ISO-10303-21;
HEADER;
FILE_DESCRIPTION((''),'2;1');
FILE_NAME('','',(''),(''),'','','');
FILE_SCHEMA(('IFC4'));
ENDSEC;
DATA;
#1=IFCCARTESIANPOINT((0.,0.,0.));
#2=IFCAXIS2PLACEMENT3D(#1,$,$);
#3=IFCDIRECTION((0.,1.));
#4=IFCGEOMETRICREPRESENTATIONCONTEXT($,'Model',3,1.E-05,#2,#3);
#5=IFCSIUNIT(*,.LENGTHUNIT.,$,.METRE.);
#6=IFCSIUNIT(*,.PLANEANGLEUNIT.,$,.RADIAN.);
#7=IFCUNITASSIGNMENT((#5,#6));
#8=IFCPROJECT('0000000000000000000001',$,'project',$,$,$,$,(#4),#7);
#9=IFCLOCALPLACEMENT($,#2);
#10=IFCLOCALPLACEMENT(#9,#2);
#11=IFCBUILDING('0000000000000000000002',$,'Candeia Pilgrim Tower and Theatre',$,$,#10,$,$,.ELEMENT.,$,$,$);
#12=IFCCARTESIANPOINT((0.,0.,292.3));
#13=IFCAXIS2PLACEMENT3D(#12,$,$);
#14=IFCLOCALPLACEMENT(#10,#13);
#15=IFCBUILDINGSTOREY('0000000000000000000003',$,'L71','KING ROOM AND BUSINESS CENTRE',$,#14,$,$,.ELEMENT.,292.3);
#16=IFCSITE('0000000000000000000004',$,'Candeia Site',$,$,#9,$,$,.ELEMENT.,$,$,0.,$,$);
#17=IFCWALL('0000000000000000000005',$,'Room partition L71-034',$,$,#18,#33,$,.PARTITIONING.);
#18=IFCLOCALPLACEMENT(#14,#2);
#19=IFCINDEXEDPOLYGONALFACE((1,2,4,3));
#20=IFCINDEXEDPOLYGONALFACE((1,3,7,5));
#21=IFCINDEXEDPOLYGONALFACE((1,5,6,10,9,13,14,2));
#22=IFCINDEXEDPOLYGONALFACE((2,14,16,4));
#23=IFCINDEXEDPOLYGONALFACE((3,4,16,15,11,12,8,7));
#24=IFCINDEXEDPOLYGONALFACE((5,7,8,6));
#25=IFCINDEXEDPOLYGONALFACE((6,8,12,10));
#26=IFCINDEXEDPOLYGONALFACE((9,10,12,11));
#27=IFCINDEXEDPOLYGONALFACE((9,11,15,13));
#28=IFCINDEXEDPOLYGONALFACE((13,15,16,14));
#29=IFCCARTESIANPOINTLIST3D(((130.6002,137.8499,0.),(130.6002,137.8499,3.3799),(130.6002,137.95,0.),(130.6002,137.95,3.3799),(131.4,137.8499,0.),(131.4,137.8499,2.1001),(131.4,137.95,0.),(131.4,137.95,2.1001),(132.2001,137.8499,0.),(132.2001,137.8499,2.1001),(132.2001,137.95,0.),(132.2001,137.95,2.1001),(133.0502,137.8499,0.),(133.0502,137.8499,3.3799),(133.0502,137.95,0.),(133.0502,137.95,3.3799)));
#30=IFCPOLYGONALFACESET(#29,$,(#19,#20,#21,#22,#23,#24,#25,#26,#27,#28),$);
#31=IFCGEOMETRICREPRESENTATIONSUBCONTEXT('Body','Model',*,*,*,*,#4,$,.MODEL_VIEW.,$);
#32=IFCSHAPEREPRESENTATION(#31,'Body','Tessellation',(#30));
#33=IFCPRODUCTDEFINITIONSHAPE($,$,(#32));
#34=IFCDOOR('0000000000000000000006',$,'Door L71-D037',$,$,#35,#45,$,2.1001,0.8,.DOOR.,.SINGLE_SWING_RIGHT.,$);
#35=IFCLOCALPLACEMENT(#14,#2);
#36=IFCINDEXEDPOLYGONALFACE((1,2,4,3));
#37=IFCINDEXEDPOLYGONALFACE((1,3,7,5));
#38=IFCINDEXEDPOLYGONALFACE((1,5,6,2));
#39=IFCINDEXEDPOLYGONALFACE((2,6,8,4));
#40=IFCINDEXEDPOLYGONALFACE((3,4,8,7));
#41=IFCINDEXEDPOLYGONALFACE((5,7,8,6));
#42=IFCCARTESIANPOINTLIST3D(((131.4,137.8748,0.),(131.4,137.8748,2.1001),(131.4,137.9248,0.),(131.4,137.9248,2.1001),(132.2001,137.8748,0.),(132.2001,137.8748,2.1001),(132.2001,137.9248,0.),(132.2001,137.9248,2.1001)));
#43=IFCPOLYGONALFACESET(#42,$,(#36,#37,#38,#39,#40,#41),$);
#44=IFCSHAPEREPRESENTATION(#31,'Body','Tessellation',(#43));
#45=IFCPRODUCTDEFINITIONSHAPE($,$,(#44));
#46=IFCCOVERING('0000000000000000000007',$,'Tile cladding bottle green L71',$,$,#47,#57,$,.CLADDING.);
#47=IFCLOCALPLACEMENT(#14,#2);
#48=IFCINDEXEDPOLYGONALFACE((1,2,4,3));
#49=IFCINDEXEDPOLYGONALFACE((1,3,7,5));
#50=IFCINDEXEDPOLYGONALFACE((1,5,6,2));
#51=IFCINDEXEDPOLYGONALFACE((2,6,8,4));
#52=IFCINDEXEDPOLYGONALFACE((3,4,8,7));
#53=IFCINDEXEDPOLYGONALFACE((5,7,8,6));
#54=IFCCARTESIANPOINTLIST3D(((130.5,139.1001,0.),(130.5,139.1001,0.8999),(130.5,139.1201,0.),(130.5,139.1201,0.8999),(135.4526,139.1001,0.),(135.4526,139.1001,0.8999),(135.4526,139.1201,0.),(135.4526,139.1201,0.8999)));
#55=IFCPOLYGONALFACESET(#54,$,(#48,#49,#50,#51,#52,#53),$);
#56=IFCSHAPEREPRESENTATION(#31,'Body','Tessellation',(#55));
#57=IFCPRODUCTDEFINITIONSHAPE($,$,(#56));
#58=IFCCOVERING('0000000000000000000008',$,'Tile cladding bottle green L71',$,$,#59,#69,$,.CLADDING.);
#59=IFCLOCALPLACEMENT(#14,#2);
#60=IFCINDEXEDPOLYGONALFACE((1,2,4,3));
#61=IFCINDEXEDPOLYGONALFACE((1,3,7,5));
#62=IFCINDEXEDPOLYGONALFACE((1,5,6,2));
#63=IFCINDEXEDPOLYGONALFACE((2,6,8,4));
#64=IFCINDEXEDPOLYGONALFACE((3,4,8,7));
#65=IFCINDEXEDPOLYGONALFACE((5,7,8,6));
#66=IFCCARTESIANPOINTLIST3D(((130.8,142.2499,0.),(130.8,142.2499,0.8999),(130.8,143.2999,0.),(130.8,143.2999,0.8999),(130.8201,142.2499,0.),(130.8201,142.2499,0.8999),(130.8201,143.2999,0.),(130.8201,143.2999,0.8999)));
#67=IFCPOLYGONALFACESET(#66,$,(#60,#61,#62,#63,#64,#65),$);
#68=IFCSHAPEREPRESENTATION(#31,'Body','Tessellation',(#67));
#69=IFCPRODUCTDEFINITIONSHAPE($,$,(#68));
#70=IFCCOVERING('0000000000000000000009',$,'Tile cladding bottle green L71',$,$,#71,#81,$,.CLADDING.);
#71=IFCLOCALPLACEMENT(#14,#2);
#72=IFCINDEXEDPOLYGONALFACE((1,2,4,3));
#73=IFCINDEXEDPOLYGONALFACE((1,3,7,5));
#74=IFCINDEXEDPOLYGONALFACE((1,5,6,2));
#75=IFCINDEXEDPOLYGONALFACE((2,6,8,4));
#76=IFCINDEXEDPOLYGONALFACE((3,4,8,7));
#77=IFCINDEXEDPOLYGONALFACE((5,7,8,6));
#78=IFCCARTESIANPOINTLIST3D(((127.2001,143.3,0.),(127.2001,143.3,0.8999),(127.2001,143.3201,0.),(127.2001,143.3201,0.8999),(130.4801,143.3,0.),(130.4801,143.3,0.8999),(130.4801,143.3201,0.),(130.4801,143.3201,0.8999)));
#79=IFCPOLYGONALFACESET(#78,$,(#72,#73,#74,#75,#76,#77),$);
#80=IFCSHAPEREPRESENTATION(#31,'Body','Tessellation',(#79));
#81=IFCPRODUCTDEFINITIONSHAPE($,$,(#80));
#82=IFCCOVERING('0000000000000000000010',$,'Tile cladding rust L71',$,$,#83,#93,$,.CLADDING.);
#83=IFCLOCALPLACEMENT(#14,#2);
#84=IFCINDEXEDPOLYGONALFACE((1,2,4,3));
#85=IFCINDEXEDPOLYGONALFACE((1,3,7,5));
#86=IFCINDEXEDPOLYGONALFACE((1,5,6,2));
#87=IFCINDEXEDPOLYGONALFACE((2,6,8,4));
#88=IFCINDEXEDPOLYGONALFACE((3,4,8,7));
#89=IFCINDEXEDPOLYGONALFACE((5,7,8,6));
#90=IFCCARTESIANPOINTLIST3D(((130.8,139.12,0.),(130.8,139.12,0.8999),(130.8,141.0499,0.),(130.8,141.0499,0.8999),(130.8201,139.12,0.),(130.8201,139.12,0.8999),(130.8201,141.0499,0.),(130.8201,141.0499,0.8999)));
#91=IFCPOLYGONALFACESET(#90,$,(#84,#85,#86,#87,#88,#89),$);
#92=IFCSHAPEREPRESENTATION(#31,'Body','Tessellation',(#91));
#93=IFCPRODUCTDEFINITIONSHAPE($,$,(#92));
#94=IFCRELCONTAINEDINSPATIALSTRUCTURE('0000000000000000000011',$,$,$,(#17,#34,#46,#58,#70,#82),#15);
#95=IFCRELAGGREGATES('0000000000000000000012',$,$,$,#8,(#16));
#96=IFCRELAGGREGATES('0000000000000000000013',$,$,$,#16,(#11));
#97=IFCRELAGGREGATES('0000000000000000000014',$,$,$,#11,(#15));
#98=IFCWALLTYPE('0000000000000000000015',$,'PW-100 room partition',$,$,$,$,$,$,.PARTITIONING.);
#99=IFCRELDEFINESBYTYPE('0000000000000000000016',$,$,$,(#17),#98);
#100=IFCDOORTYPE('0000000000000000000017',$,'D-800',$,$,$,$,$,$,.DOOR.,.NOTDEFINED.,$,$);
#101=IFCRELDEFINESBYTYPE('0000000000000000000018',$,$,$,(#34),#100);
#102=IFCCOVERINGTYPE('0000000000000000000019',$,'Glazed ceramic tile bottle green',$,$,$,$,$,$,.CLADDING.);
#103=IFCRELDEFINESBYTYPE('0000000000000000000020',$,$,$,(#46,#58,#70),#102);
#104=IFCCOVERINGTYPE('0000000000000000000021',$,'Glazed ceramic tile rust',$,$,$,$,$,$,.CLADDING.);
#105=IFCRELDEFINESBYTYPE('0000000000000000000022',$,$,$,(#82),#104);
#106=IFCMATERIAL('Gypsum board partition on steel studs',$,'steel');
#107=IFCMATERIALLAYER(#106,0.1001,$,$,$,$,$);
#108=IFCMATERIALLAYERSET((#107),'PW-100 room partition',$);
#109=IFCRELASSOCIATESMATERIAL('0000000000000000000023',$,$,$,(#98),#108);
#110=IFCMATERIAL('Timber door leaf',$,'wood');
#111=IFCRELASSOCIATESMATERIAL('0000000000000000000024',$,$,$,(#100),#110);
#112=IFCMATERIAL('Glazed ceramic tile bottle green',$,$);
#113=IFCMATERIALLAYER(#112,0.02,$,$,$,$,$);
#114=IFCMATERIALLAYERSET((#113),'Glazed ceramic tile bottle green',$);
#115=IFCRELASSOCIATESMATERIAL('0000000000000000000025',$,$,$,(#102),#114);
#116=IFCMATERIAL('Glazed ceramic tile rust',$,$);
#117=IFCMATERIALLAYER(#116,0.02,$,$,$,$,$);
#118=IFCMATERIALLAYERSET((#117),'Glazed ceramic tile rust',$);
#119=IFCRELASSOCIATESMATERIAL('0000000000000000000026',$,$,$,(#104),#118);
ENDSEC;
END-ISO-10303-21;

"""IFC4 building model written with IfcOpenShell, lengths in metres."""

from ifc_helpers import new_model, si_unit, direction, frame, frame_2d, origin, origin_2d, place, context, subcontext, project, spatial, rectangle, extrude, material, layer, layer_set, type_object, element, fill, save


model = new_model("IFC4")

# Units and contexts
model_context = context("Model", 3, precision=1e-05, world=origin(), true_north=direction((0.0, 1.0)))
body_context = subcontext(model_context, "Body", "Model", "MODEL_VIEW")
ifc_project = project(units=[si_unit("LENGTHUNIT", "METRE"), si_unit("PLANEANGLEUNIT", "RADIAN")], contexts=[model_context])

# Site, building, storey
site_placement = place(None, origin())
site = spatial("IfcSite", under=ifc_project, at=site_placement, Name="Candeia Site", CompositionType="ELEMENT", RefElevation=0.0)
building_placement = place(site_placement, origin())
building = spatial("IfcBuilding", under=site, at=building_placement, Name="Candeia Pilgrim Tower and Theatre", CompositionType="ELEMENT")
storey_placement = place(building_placement, frame((0.0, 0.0, 292.3)))
storey = spatial("IfcBuildingStorey", under=building, at=storey_placement, Name="L71", Description="KING ROOM AND BUSINESS CENTRE", CompositionType="ELEMENT", Elevation=292.3)

# Wall, opening, door
ifc_material_1 = material(Name="Gypsum board partition on steel studs", Category="steel")
ifc_layer_1 = layer(ifc_material_1, 0.1001)
ifc_layer_set_1 = layer_set([ifc_layer_1], Name="PW-100 room partition")
wall_type_1 = type_object("IfcWallType", Name="PW-100 room partition", PredefinedType="PARTITIONING", material=ifc_layer_set_1)
wall_1_placement = place(storey_placement, frame((130.6001, 137.8999, 0.0), z_axis=(0.0, 0.0, 1.0), x_axis=(1.0, 0.0, 0.0)))
wall_1 = element("IfcWall", 1, at=wall_1_placement, inside=storey, type_object=wall_type_1, Name="Room partition L71-034", PredefinedType="PARTITIONING", context=body_context, shape_type="SweptSolid", body=[
    extrude(rectangle(XDim=2.45, YDim=0.1001, at=frame_2d((1.2251, 0.0))), origin(), (0.0, 0.0, 1.0), 3.3799),
])
opening_1_placement = place(wall_1_placement, frame((0.8, 0.0, 0.0)))
opening_1 = element("IfcOpeningElement", 2, at=opening_1_placement, cuts=wall_1, PredefinedType="OPENING", context=body_context, shape_type="SweptSolid", body=[
    extrude(rectangle(XDim=0.8, YDim=2.1001, at=frame_2d((0.3999, 1.05))), frame((0.0, 0.0601, 0.0), z_axis=(0.0, -1.0, 0.0), x_axis=(1.0, 0.0, 0.0)), (0.0, 0.0, 1.0), 0.1201),
])
ifc_material_2 = material(Name="Timber door leaf", Category="wood")
door_type_1 = type_object("IfcDoorType", Name="D-800", OperationType="NOTDEFINED", PredefinedType="DOOR", material=ifc_material_2)
door_1_placement = place(opening_1_placement, origin())
door_1 = element("IfcDoor", 3, at=door_1_placement, inside=storey, type_object=door_type_1, Name="Door L71-D037", OperationType="SINGLE_SWING_RIGHT", OverallHeight=2.1001, OverallWidth=0.8, PredefinedType="DOOR", context=body_context, shape_type="SweptSolid", body=[
    extrude(rectangle(XDim=0.8, YDim=2.1001, at=frame_2d((0.3999, 1.05))), frame((0.0, 0.0249, 0.0), z_axis=(0.0, -1.0, 0.0), x_axis=(1.0, 0.0, 0.0)), (0.0, 0.0, 1.0), 0.05),
])
fill(opening_1, door_1)

# Coverings
ifc_material_3 = material(Name="Glazed ceramic tile bottle green")
ifc_layer_2 = layer(ifc_material_3, 0.02)
ifc_layer_set_2 = layer_set([ifc_layer_2], Name="Glazed ceramic tile bottle green")
covering_type_1 = type_object("IfcCoveringType", Name="Glazed ceramic tile bottle green", PredefinedType="CLADDING", material=ifc_layer_set_2)
covering_1_placement = place(storey_placement, frame((132.9763, 139.1101, 0.0), z_axis=(0.0, 0.0, 1.0), x_axis=(-1.0, 0.0, 0.0)))
element("IfcCovering", 4, at=covering_1_placement, inside=storey, type_object=covering_type_1, Name="Tile cladding bottle green L71", PredefinedType="CLADDING", context=body_context, shape_type="SweptSolid", body=[
    extrude(rectangle(XDim=4.9526, YDim=0.02, at=origin_2d()), origin(), (0.0, 0.0, 1.0), 0.8999),
])
covering_2_placement = place(storey_placement, frame((130.8101, 142.7749, 0.0), z_axis=(0.0, 0.0, 1.0), x_axis=(0.0, 1.0, 0.0)))
element("IfcCovering", 5, at=covering_2_placement, inside=storey, type_object=covering_type_1, Name="Tile cladding bottle green L71", PredefinedType="CLADDING", context=body_context, shape_type="SweptSolid", body=[
    extrude(rectangle(XDim=1.05, YDim=0.02, at=origin_2d()), origin(), (0.0, 0.0, 1.0), 0.8999),
])
covering_3_placement = place(storey_placement, frame((128.8401, 143.3101, 0.0), z_axis=(0.0, 0.0, 1.0), x_axis=(-1.0, 0.0, 0.0)))
element("IfcCovering", 6, at=covering_3_placement, inside=storey, type_object=covering_type_1, Name="Tile cladding bottle green L71", PredefinedType="CLADDING", context=body_context, shape_type="SweptSolid", body=[
    extrude(rectangle(XDim=3.28, YDim=0.02, at=origin_2d()), origin(), (0.0, 0.0, 1.0), 0.8999),
])
ifc_material_4 = material(Name="Glazed ceramic tile rust")
ifc_layer_3 = layer(ifc_material_4, 0.02)
ifc_layer_set_3 = layer_set([ifc_layer_3], Name="Glazed ceramic tile rust")
covering_type_2 = type_object("IfcCoveringType", Name="Glazed ceramic tile rust", PredefinedType="CLADDING", material=ifc_layer_set_3)
covering_4_placement = place(storey_placement, frame((130.8101, 140.085, 0.0), z_axis=(0.0, 0.0, 1.0), x_axis=(0.0, 1.0, 0.0)))
element("IfcCovering", 7, at=covering_4_placement, inside=storey, type_object=covering_type_2, Name="Tile cladding rust L71", PredefinedType="CLADDING", context=body_context, shape_type="SweptSolid", body=[
    extrude(rectangle(XDim=1.9299, YDim=0.02, at=origin_2d()), origin(), (0.0, 0.0, 1.0), 0.8999),
])

save(model, "model.ifc")
